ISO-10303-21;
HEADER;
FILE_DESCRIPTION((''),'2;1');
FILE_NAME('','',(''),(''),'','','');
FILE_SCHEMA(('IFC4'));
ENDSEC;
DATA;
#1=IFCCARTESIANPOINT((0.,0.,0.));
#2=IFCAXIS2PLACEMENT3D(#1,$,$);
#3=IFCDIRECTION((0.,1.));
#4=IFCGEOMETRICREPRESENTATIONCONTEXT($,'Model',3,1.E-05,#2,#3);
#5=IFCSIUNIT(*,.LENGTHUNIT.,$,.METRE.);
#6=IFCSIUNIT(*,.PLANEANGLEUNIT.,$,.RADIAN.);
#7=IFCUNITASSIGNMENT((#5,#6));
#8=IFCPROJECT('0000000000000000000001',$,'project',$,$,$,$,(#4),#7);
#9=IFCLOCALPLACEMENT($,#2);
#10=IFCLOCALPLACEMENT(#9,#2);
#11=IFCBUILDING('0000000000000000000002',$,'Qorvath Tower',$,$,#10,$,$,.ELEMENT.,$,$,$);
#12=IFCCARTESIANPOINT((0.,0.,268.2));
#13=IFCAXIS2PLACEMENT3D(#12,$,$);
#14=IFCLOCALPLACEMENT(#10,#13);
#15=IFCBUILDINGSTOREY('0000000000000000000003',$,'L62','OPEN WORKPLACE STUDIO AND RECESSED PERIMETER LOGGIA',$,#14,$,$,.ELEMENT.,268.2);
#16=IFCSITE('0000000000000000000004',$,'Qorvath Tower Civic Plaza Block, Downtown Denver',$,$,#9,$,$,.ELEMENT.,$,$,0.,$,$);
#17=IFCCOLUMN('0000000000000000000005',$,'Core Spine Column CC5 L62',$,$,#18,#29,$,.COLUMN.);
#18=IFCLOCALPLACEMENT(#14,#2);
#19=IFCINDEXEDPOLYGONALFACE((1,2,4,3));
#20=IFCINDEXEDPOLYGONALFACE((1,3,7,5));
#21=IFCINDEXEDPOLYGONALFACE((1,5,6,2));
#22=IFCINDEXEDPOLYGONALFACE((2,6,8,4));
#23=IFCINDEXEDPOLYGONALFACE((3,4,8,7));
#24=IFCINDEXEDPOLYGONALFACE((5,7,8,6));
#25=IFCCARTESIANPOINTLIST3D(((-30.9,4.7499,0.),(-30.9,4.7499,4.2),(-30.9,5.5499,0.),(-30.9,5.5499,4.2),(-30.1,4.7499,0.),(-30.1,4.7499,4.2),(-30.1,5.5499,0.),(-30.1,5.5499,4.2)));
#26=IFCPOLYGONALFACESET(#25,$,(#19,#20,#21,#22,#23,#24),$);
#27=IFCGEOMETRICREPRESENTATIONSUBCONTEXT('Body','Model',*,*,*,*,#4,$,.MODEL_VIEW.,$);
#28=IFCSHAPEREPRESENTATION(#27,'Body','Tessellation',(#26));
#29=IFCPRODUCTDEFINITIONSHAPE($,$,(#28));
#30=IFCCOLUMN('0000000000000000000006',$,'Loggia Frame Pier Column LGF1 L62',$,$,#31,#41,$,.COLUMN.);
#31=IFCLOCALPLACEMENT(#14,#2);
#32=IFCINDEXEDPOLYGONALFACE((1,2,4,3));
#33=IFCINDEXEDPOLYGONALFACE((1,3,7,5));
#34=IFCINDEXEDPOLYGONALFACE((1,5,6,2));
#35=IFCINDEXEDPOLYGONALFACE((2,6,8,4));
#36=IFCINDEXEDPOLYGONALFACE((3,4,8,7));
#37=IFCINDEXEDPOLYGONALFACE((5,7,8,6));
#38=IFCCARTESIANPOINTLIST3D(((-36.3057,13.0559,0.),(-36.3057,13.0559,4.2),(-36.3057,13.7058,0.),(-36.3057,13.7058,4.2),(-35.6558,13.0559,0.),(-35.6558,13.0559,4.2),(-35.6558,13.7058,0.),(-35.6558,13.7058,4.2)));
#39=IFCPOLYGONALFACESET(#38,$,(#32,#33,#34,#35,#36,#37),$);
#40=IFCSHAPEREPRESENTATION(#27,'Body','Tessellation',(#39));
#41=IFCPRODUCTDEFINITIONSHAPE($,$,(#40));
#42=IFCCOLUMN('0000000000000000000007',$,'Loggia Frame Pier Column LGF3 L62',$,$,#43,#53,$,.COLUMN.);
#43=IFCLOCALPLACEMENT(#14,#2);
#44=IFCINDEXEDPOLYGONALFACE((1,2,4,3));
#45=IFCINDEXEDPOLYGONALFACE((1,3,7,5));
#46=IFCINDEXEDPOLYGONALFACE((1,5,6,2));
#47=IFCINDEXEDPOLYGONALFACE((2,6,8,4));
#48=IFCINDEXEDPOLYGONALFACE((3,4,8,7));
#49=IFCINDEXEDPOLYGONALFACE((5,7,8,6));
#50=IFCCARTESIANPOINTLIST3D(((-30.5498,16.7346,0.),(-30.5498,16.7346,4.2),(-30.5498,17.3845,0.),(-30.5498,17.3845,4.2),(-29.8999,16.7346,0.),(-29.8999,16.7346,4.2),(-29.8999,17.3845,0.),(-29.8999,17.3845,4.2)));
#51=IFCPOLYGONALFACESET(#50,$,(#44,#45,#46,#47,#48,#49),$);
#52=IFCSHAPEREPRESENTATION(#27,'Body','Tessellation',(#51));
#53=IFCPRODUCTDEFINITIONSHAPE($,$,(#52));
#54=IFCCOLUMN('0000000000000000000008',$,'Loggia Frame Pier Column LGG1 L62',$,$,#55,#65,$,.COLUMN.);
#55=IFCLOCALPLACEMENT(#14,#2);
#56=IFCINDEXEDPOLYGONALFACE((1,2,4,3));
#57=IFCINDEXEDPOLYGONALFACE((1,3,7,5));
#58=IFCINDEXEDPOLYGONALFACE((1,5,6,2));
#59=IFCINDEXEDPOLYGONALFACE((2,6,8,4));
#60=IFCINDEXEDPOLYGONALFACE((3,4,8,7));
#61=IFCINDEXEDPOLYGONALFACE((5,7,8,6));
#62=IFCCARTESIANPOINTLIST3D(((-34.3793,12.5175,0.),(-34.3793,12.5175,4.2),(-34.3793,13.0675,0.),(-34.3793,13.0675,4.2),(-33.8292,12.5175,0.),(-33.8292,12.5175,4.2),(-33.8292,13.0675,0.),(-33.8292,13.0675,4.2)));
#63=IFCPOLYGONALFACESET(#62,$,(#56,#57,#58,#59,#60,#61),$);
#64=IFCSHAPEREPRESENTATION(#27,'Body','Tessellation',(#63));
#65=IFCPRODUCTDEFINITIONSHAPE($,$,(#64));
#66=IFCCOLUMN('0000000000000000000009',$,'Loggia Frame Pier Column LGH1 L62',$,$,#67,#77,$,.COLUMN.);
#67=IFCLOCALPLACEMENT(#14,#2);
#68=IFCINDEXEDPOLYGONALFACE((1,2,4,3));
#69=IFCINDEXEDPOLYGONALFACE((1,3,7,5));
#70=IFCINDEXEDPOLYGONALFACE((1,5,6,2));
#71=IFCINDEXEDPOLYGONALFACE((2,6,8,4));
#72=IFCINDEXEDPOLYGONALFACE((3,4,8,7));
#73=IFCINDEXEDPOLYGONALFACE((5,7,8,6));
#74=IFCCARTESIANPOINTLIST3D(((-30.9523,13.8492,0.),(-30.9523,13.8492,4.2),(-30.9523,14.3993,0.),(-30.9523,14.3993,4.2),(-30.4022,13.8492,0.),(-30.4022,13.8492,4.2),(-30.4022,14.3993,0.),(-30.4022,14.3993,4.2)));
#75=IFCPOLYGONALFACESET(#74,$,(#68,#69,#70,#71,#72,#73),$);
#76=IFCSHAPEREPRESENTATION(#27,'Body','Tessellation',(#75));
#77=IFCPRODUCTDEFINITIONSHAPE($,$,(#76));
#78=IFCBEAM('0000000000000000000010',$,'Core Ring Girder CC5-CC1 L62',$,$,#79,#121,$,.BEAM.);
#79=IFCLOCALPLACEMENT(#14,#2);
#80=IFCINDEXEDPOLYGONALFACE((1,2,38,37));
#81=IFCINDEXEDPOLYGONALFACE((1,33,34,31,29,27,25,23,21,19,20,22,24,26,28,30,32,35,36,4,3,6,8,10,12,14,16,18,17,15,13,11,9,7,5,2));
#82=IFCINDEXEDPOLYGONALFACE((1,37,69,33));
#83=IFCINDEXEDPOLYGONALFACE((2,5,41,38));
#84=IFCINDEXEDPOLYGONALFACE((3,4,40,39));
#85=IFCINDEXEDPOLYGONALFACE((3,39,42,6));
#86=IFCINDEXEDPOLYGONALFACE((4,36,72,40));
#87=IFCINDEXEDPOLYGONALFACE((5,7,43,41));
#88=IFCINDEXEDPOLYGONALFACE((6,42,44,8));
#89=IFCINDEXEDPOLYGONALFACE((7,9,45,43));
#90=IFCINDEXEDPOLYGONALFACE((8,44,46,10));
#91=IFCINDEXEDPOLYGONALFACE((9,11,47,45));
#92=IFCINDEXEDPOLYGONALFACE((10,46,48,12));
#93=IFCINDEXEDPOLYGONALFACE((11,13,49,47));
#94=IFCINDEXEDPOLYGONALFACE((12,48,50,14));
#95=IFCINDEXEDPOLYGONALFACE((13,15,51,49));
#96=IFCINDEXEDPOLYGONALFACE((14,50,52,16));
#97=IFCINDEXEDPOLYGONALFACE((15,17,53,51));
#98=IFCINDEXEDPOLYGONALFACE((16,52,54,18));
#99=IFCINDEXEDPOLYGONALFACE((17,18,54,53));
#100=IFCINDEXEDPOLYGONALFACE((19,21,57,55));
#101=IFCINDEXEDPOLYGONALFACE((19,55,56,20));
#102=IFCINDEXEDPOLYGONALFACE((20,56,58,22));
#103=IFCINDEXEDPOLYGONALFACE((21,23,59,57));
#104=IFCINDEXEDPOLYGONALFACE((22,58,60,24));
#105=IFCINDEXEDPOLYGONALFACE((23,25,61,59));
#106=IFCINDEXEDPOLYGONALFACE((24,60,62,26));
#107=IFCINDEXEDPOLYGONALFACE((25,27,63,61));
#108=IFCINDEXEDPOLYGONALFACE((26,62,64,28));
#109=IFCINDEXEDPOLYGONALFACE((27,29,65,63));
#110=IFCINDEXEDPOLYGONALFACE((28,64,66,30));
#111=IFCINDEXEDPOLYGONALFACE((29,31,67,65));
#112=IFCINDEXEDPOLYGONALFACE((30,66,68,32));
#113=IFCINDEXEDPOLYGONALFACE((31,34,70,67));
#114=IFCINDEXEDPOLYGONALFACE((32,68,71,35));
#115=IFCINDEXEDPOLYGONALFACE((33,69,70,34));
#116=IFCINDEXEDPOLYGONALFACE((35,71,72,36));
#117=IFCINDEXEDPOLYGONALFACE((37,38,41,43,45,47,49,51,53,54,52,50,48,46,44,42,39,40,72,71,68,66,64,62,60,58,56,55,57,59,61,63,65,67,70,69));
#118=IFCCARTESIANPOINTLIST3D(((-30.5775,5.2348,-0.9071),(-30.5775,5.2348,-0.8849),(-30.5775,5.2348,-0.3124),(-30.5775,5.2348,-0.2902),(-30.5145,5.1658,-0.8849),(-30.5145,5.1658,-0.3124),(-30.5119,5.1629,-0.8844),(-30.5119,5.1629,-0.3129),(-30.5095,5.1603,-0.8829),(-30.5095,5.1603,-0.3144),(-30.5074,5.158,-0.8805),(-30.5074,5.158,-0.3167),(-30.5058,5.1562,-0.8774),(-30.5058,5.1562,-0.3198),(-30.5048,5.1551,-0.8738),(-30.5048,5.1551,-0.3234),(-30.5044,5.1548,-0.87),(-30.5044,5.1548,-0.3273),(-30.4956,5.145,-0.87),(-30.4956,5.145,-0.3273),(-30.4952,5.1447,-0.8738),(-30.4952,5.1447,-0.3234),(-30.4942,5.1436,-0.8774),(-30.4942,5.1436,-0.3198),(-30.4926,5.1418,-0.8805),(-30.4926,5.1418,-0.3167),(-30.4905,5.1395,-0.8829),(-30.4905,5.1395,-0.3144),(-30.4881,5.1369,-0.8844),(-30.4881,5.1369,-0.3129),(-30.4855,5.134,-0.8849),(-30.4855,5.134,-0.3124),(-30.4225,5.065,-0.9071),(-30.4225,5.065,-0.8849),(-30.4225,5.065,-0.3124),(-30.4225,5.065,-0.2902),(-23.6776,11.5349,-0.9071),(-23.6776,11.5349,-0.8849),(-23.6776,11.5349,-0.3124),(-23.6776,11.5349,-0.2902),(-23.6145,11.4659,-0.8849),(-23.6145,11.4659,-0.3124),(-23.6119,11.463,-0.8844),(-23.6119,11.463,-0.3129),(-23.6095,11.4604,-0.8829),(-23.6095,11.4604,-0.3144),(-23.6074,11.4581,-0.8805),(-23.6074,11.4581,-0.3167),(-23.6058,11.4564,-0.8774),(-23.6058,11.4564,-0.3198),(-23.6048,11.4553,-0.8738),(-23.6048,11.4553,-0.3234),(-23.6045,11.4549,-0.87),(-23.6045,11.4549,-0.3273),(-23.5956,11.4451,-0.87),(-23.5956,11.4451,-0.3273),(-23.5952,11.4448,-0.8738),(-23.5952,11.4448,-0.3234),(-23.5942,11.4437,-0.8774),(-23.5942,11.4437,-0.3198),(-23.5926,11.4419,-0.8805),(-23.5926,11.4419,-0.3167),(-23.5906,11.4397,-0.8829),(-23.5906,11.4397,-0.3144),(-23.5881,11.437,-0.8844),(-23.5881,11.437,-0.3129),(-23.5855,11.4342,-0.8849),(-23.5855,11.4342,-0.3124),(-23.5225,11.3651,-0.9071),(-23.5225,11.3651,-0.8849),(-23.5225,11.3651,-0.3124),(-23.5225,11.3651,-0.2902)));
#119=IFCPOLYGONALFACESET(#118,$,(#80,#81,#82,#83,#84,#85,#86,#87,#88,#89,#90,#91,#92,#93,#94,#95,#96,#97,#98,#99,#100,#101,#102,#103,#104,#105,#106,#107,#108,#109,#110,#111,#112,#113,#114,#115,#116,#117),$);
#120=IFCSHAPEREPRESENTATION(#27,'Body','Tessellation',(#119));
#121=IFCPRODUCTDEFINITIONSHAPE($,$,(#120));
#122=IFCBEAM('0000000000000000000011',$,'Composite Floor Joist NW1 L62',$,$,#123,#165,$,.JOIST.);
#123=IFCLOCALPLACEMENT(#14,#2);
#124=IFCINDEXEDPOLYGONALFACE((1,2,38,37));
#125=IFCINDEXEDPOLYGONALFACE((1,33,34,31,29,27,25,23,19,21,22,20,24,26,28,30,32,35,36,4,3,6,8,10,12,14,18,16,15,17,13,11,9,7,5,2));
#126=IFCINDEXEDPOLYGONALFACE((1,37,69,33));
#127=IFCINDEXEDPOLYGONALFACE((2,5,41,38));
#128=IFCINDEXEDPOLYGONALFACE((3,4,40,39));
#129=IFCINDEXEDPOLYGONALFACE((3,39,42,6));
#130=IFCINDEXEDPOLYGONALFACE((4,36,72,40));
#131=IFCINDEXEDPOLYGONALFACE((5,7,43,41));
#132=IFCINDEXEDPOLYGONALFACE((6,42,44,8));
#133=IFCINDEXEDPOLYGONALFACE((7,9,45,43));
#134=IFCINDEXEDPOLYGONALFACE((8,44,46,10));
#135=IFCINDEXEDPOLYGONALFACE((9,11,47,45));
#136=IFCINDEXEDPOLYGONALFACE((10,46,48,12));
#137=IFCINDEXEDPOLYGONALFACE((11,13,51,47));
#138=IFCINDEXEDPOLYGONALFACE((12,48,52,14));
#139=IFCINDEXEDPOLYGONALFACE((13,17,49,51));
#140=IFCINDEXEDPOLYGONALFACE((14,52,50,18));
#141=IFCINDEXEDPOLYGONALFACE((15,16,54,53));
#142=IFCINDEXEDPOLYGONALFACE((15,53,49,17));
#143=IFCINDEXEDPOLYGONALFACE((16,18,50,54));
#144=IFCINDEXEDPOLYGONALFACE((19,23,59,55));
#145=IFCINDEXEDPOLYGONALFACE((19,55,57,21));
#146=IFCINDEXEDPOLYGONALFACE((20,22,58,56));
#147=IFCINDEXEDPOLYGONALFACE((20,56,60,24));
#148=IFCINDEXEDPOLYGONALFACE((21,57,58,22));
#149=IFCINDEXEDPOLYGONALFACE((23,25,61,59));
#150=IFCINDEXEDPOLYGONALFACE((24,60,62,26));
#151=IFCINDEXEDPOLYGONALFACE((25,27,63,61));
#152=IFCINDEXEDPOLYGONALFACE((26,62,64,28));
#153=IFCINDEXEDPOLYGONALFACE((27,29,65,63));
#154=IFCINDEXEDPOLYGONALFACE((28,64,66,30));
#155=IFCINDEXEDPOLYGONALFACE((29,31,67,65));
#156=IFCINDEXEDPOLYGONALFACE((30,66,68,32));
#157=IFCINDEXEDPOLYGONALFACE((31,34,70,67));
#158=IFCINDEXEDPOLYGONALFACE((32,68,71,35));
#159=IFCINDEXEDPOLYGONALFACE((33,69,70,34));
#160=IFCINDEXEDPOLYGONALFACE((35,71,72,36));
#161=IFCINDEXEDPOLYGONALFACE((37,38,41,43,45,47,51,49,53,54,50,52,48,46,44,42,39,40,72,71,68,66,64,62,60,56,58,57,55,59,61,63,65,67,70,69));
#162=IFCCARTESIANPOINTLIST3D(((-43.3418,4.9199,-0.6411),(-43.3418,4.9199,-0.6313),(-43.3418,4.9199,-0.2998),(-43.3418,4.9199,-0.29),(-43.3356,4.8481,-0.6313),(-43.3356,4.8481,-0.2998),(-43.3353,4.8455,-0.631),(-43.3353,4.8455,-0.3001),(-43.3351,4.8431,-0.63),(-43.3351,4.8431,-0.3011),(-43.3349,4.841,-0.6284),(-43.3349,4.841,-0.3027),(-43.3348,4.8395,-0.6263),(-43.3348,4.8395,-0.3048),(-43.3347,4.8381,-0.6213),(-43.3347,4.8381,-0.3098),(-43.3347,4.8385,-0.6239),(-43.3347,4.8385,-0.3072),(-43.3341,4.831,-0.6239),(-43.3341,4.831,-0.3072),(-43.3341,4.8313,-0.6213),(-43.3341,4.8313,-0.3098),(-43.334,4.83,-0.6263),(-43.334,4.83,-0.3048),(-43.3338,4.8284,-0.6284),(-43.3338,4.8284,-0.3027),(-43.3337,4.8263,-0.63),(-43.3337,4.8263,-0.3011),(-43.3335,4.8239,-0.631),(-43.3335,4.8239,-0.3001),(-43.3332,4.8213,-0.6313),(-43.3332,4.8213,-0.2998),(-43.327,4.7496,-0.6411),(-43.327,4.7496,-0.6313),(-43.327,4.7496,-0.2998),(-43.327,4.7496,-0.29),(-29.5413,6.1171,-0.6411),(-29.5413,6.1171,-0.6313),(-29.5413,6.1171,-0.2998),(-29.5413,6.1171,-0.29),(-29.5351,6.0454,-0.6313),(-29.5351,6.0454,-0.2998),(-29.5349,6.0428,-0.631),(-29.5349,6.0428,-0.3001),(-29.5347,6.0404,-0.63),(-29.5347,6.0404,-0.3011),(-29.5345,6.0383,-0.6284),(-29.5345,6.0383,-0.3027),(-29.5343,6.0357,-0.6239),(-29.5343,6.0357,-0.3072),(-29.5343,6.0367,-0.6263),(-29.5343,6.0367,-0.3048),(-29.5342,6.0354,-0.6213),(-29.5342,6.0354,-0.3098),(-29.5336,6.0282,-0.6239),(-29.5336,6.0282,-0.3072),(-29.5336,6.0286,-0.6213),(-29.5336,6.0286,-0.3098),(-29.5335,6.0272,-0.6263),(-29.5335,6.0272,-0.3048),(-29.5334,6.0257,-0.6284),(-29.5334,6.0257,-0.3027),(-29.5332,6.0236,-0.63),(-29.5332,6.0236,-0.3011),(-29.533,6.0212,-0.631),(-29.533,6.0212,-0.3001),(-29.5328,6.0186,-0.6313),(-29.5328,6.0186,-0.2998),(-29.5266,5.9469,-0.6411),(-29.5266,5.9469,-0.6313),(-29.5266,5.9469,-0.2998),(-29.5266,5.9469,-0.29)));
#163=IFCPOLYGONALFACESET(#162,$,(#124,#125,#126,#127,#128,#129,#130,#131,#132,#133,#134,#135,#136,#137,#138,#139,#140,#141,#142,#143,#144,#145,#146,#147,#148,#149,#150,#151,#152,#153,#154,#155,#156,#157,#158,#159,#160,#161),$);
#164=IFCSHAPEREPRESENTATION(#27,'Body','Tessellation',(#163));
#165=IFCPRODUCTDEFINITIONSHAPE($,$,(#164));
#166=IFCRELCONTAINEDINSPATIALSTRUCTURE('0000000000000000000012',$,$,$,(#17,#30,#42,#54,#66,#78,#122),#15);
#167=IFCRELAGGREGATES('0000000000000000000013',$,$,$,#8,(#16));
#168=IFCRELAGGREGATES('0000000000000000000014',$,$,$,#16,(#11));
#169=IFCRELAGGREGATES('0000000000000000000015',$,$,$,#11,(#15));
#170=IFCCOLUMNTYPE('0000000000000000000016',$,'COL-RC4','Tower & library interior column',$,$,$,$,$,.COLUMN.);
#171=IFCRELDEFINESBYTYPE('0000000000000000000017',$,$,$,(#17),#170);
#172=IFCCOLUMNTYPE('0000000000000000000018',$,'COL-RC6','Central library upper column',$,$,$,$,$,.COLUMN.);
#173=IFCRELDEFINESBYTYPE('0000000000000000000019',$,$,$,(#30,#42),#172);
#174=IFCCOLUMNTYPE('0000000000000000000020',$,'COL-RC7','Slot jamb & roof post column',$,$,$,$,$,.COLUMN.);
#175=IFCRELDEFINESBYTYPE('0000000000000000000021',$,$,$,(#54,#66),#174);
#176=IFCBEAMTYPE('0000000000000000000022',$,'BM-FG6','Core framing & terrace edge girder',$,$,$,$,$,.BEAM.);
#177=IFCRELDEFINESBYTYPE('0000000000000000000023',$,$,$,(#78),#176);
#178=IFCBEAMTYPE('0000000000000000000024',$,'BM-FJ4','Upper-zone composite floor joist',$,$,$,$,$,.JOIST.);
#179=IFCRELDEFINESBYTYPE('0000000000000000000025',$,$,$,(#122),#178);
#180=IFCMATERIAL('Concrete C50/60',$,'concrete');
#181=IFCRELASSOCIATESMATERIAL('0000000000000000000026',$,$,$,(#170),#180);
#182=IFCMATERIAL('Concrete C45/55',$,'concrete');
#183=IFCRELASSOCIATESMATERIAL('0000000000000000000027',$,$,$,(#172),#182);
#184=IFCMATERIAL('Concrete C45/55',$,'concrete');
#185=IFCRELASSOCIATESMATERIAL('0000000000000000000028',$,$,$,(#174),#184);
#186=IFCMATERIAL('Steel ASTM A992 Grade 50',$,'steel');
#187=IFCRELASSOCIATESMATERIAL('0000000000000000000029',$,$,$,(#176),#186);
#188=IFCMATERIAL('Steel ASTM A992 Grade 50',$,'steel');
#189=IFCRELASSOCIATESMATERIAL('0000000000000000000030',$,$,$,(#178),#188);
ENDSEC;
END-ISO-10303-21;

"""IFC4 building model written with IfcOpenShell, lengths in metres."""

from ifc_helpers import new_model, si_unit, direction, frame, origin, origin_2d, place, context, subcontext, project, spatial, rectangle, i_section, extrude, material, material_profile, profile_set, type_object, element, save


model = new_model("IFC4")

# Units and contexts
model_context = context("Model", 3, precision=1e-05, world=origin(), true_north=direction((0.0, 1.0)))
body_context = subcontext(model_context, "Body", "Model", "MODEL_VIEW")
ifc_project = project(units=[si_unit("LENGTHUNIT", "METRE"), si_unit("PLANEANGLEUNIT", "RADIAN")], contexts=[model_context])

# Site, building, storey
site_placement = place(None, origin())
site = spatial("IfcSite", under=ifc_project, at=site_placement, Name="Qorvath Tower Civic Plaza Block, Downtown Denver", CompositionType="ELEMENT", RefElevation=0.0)
building_placement = place(site_placement, origin())
building = spatial("IfcBuilding", under=site, at=building_placement, Name="Qorvath Tower", CompositionType="ELEMENT")
storey_placement = place(building_placement, frame((0.0, 0.0, 268.2)))
storey = spatial("IfcBuildingStorey", under=building, at=storey_placement, Name="L62", Description="OPEN WORKPLACE STUDIO AND RECESSED PERIMETER LOGGIA", CompositionType="ELEMENT", Elevation=268.2)

# Columns
ifc_material_1 = material(Name="Concrete C50/60", Category="concrete")
ifc_material_profile_1 = material_profile(ifc_material_1, rectangle(XDim=0.8, YDim=0.8, at=origin_2d()), Name="RC 800x800")
ifc_profile_set_1 = profile_set([ifc_material_profile_1], Name="Concrete C50/60")
column_type_1 = type_object("IfcColumnType", Name="COL-RC4", Description="Tower & library interior column", PredefinedType="COLUMN", material=ifc_profile_set_1)
column_placement = place(storey_placement, frame((-30.5, 5.1499, 0.0), z_axis=(0.0, 0.0, 1.0), x_axis=(1.0, 0.0, 0.0)))
element("IfcColumn", 1, at=column_placement, inside=storey, type_object=column_type_1, Name="Core Spine Column CC5 L62", PredefinedType="COLUMN", context=body_context, shape_type="SweptSolid", body=[
    extrude(rectangle(XDim=0.8, YDim=0.8, at=origin_2d()), origin(), (0.0, 0.0, 1.0), 4.2),
])
ifc_material_2 = material(Name="Concrete C45/55", Category="concrete")
ifc_material_profile_2 = material_profile(ifc_material_2, rectangle(XDim=0.6499, YDim=0.6499, at=origin_2d()), Name="RC 650x650")
ifc_profile_set_2 = profile_set([ifc_material_profile_2], Name="Concrete C45/55")
column_type_2 = type_object("IfcColumnType", Name="COL-RC6", Description="Central library upper column", PredefinedType="COLUMN", material=ifc_profile_set_2)
for number, where, z_axis, x_axis, name in (
    (2, (-35.9807, 13.3809, 0.0), (0.0, 0.0, 1.0), (1.0, 0.0, 0.0), "Loggia Frame Pier Column LGF1 L62"),
    (3, (-30.2249, 17.0596, 0.0), (0.0, 0.0, 1.0), (1.0, 0.0, 0.0), "Loggia Frame Pier Column LGF3 L62"),
):
    element("IfcColumn", number, at=place(storey_placement, frame(where, z_axis=z_axis, x_axis=x_axis)), inside=storey, type_object=column_type_2, Name=name, PredefinedType="COLUMN", context=body_context, shape_type="SweptSolid", body=[
        extrude(rectangle(XDim=0.6499, YDim=0.6499, at=origin_2d()), origin(), (0.0, 0.0, 1.0), 4.2),
    ])
ifc_material_3 = material(Name="Concrete C45/55", Category="concrete")
ifc_material_profile_3 = material_profile(ifc_material_3, rectangle(XDim=0.55, YDim=0.55, at=origin_2d()), Name="RC 550x550")
ifc_profile_set_3 = profile_set([ifc_material_profile_3], Name="Concrete C45/55")
column_type_3 = type_object("IfcColumnType", Name="COL-RC7", Description="Slot jamb & roof post column", PredefinedType="COLUMN", material=ifc_profile_set_3)
for number, where, z_axis, x_axis, name in (
    (4, (-34.1042, 12.7925, 0.0), (0.0, 0.0, 1.0), (1.0, 0.0, 0.0), "Loggia Frame Pier Column LGG1 L62"),
    (5, (-30.6772, 14.1243, 0.0), (0.0, 0.0, 1.0), (1.0, 0.0, 0.0), "Loggia Frame Pier Column LGH1 L62"),
):
    element("IfcColumn", number, at=place(storey_placement, frame(where, z_axis=z_axis, x_axis=x_axis)), inside=storey, type_object=column_type_3, Name=name, PredefinedType="COLUMN", context=body_context, shape_type="SweptSolid", body=[
        extrude(rectangle(XDim=0.55, YDim=0.55, at=origin_2d()), origin(), (0.0, 0.0, 1.0), 4.2),
    ])

# Beams
ifc_material_4 = material(Name="Steel ASTM A992 Grade 50", Category="steel")
ifc_material_profile_4 = material_profile(ifc_material_4, i_section(OverallWidth=0.23, OverallDepth=0.6169, WebThickness=0.0132, FlangeThickness=0.0222, FilletRadius=0.0149, at=origin_2d()), Name="W24x94")
ifc_profile_set_4 = profile_set([ifc_material_profile_4], Name="Steel ASTM A992 Grade 50")
beam_type_1 = type_object("IfcBeamType", Name="BM-FG6", Description="Core framing & terrace edge girder", PredefinedType="BEAM", material=ifc_profile_set_4)
beam_1_placement = place(storey_placement, frame((-30.5, 5.1499, -0.5986), z_axis=(0.738478, 0.674277, 0.0), x_axis=(-0.674277, 0.738478, 0.0)))
element("IfcBeam", 6, at=beam_1_placement, inside=storey, type_object=beam_type_1, Name="Core Ring Girder CC5-CC1 L62", PredefinedType="BEAM", context=body_context, shape_type="SweptSolid", body=[
    extrude(i_section(OverallWidth=0.23, OverallDepth=0.6169, WebThickness=0.0132, FlangeThickness=0.0222, FilletRadius=0.0149, at=origin_2d()), origin(), (0.0, 0.0, 1.0), 9.3435),
])
ifc_material_5 = material(Name="Steel ASTM A992 Grade 50", Category="steel")
ifc_material_profile_5 = material_profile(ifc_material_5, i_section(OverallWidth=0.1709, OverallDepth=0.3511, WebThickness=0.0068, FlangeThickness=0.0098, FilletRadius=0.01, at=origin_2d()), Name="W14x30")
ifc_profile_set_5 = profile_set([ifc_material_profile_5], Name="Steel ASTM A992 Grade 50")
beam_type_2 = type_object("IfcBeamType", Name="BM-FJ4", Description="Upper-zone composite floor joist", PredefinedType="JOIST", material=ifc_profile_set_5)
beam_2_placement = place(storey_placement, frame((-29.5339, 6.032, -0.4656), z_axis=(-0.996258, -0.08643, 0.0), x_axis=(0.08643, -0.996258, 0.0)))
element("IfcBeam", 7, at=beam_2_placement, inside=storey, type_object=beam_type_2, Name="Composite Floor Joist NW1 L62", PredefinedType="JOIST", context=body_context, shape_type="SweptSolid", body=[
    extrude(i_section(OverallWidth=0.1709, OverallDepth=0.3511, WebThickness=0.0068, FlangeThickness=0.0098, FilletRadius=0.01, at=origin_2d()), origin(), (0.0, 0.0, 1.0), 13.8523),
])

save(model, "model.ifc")
